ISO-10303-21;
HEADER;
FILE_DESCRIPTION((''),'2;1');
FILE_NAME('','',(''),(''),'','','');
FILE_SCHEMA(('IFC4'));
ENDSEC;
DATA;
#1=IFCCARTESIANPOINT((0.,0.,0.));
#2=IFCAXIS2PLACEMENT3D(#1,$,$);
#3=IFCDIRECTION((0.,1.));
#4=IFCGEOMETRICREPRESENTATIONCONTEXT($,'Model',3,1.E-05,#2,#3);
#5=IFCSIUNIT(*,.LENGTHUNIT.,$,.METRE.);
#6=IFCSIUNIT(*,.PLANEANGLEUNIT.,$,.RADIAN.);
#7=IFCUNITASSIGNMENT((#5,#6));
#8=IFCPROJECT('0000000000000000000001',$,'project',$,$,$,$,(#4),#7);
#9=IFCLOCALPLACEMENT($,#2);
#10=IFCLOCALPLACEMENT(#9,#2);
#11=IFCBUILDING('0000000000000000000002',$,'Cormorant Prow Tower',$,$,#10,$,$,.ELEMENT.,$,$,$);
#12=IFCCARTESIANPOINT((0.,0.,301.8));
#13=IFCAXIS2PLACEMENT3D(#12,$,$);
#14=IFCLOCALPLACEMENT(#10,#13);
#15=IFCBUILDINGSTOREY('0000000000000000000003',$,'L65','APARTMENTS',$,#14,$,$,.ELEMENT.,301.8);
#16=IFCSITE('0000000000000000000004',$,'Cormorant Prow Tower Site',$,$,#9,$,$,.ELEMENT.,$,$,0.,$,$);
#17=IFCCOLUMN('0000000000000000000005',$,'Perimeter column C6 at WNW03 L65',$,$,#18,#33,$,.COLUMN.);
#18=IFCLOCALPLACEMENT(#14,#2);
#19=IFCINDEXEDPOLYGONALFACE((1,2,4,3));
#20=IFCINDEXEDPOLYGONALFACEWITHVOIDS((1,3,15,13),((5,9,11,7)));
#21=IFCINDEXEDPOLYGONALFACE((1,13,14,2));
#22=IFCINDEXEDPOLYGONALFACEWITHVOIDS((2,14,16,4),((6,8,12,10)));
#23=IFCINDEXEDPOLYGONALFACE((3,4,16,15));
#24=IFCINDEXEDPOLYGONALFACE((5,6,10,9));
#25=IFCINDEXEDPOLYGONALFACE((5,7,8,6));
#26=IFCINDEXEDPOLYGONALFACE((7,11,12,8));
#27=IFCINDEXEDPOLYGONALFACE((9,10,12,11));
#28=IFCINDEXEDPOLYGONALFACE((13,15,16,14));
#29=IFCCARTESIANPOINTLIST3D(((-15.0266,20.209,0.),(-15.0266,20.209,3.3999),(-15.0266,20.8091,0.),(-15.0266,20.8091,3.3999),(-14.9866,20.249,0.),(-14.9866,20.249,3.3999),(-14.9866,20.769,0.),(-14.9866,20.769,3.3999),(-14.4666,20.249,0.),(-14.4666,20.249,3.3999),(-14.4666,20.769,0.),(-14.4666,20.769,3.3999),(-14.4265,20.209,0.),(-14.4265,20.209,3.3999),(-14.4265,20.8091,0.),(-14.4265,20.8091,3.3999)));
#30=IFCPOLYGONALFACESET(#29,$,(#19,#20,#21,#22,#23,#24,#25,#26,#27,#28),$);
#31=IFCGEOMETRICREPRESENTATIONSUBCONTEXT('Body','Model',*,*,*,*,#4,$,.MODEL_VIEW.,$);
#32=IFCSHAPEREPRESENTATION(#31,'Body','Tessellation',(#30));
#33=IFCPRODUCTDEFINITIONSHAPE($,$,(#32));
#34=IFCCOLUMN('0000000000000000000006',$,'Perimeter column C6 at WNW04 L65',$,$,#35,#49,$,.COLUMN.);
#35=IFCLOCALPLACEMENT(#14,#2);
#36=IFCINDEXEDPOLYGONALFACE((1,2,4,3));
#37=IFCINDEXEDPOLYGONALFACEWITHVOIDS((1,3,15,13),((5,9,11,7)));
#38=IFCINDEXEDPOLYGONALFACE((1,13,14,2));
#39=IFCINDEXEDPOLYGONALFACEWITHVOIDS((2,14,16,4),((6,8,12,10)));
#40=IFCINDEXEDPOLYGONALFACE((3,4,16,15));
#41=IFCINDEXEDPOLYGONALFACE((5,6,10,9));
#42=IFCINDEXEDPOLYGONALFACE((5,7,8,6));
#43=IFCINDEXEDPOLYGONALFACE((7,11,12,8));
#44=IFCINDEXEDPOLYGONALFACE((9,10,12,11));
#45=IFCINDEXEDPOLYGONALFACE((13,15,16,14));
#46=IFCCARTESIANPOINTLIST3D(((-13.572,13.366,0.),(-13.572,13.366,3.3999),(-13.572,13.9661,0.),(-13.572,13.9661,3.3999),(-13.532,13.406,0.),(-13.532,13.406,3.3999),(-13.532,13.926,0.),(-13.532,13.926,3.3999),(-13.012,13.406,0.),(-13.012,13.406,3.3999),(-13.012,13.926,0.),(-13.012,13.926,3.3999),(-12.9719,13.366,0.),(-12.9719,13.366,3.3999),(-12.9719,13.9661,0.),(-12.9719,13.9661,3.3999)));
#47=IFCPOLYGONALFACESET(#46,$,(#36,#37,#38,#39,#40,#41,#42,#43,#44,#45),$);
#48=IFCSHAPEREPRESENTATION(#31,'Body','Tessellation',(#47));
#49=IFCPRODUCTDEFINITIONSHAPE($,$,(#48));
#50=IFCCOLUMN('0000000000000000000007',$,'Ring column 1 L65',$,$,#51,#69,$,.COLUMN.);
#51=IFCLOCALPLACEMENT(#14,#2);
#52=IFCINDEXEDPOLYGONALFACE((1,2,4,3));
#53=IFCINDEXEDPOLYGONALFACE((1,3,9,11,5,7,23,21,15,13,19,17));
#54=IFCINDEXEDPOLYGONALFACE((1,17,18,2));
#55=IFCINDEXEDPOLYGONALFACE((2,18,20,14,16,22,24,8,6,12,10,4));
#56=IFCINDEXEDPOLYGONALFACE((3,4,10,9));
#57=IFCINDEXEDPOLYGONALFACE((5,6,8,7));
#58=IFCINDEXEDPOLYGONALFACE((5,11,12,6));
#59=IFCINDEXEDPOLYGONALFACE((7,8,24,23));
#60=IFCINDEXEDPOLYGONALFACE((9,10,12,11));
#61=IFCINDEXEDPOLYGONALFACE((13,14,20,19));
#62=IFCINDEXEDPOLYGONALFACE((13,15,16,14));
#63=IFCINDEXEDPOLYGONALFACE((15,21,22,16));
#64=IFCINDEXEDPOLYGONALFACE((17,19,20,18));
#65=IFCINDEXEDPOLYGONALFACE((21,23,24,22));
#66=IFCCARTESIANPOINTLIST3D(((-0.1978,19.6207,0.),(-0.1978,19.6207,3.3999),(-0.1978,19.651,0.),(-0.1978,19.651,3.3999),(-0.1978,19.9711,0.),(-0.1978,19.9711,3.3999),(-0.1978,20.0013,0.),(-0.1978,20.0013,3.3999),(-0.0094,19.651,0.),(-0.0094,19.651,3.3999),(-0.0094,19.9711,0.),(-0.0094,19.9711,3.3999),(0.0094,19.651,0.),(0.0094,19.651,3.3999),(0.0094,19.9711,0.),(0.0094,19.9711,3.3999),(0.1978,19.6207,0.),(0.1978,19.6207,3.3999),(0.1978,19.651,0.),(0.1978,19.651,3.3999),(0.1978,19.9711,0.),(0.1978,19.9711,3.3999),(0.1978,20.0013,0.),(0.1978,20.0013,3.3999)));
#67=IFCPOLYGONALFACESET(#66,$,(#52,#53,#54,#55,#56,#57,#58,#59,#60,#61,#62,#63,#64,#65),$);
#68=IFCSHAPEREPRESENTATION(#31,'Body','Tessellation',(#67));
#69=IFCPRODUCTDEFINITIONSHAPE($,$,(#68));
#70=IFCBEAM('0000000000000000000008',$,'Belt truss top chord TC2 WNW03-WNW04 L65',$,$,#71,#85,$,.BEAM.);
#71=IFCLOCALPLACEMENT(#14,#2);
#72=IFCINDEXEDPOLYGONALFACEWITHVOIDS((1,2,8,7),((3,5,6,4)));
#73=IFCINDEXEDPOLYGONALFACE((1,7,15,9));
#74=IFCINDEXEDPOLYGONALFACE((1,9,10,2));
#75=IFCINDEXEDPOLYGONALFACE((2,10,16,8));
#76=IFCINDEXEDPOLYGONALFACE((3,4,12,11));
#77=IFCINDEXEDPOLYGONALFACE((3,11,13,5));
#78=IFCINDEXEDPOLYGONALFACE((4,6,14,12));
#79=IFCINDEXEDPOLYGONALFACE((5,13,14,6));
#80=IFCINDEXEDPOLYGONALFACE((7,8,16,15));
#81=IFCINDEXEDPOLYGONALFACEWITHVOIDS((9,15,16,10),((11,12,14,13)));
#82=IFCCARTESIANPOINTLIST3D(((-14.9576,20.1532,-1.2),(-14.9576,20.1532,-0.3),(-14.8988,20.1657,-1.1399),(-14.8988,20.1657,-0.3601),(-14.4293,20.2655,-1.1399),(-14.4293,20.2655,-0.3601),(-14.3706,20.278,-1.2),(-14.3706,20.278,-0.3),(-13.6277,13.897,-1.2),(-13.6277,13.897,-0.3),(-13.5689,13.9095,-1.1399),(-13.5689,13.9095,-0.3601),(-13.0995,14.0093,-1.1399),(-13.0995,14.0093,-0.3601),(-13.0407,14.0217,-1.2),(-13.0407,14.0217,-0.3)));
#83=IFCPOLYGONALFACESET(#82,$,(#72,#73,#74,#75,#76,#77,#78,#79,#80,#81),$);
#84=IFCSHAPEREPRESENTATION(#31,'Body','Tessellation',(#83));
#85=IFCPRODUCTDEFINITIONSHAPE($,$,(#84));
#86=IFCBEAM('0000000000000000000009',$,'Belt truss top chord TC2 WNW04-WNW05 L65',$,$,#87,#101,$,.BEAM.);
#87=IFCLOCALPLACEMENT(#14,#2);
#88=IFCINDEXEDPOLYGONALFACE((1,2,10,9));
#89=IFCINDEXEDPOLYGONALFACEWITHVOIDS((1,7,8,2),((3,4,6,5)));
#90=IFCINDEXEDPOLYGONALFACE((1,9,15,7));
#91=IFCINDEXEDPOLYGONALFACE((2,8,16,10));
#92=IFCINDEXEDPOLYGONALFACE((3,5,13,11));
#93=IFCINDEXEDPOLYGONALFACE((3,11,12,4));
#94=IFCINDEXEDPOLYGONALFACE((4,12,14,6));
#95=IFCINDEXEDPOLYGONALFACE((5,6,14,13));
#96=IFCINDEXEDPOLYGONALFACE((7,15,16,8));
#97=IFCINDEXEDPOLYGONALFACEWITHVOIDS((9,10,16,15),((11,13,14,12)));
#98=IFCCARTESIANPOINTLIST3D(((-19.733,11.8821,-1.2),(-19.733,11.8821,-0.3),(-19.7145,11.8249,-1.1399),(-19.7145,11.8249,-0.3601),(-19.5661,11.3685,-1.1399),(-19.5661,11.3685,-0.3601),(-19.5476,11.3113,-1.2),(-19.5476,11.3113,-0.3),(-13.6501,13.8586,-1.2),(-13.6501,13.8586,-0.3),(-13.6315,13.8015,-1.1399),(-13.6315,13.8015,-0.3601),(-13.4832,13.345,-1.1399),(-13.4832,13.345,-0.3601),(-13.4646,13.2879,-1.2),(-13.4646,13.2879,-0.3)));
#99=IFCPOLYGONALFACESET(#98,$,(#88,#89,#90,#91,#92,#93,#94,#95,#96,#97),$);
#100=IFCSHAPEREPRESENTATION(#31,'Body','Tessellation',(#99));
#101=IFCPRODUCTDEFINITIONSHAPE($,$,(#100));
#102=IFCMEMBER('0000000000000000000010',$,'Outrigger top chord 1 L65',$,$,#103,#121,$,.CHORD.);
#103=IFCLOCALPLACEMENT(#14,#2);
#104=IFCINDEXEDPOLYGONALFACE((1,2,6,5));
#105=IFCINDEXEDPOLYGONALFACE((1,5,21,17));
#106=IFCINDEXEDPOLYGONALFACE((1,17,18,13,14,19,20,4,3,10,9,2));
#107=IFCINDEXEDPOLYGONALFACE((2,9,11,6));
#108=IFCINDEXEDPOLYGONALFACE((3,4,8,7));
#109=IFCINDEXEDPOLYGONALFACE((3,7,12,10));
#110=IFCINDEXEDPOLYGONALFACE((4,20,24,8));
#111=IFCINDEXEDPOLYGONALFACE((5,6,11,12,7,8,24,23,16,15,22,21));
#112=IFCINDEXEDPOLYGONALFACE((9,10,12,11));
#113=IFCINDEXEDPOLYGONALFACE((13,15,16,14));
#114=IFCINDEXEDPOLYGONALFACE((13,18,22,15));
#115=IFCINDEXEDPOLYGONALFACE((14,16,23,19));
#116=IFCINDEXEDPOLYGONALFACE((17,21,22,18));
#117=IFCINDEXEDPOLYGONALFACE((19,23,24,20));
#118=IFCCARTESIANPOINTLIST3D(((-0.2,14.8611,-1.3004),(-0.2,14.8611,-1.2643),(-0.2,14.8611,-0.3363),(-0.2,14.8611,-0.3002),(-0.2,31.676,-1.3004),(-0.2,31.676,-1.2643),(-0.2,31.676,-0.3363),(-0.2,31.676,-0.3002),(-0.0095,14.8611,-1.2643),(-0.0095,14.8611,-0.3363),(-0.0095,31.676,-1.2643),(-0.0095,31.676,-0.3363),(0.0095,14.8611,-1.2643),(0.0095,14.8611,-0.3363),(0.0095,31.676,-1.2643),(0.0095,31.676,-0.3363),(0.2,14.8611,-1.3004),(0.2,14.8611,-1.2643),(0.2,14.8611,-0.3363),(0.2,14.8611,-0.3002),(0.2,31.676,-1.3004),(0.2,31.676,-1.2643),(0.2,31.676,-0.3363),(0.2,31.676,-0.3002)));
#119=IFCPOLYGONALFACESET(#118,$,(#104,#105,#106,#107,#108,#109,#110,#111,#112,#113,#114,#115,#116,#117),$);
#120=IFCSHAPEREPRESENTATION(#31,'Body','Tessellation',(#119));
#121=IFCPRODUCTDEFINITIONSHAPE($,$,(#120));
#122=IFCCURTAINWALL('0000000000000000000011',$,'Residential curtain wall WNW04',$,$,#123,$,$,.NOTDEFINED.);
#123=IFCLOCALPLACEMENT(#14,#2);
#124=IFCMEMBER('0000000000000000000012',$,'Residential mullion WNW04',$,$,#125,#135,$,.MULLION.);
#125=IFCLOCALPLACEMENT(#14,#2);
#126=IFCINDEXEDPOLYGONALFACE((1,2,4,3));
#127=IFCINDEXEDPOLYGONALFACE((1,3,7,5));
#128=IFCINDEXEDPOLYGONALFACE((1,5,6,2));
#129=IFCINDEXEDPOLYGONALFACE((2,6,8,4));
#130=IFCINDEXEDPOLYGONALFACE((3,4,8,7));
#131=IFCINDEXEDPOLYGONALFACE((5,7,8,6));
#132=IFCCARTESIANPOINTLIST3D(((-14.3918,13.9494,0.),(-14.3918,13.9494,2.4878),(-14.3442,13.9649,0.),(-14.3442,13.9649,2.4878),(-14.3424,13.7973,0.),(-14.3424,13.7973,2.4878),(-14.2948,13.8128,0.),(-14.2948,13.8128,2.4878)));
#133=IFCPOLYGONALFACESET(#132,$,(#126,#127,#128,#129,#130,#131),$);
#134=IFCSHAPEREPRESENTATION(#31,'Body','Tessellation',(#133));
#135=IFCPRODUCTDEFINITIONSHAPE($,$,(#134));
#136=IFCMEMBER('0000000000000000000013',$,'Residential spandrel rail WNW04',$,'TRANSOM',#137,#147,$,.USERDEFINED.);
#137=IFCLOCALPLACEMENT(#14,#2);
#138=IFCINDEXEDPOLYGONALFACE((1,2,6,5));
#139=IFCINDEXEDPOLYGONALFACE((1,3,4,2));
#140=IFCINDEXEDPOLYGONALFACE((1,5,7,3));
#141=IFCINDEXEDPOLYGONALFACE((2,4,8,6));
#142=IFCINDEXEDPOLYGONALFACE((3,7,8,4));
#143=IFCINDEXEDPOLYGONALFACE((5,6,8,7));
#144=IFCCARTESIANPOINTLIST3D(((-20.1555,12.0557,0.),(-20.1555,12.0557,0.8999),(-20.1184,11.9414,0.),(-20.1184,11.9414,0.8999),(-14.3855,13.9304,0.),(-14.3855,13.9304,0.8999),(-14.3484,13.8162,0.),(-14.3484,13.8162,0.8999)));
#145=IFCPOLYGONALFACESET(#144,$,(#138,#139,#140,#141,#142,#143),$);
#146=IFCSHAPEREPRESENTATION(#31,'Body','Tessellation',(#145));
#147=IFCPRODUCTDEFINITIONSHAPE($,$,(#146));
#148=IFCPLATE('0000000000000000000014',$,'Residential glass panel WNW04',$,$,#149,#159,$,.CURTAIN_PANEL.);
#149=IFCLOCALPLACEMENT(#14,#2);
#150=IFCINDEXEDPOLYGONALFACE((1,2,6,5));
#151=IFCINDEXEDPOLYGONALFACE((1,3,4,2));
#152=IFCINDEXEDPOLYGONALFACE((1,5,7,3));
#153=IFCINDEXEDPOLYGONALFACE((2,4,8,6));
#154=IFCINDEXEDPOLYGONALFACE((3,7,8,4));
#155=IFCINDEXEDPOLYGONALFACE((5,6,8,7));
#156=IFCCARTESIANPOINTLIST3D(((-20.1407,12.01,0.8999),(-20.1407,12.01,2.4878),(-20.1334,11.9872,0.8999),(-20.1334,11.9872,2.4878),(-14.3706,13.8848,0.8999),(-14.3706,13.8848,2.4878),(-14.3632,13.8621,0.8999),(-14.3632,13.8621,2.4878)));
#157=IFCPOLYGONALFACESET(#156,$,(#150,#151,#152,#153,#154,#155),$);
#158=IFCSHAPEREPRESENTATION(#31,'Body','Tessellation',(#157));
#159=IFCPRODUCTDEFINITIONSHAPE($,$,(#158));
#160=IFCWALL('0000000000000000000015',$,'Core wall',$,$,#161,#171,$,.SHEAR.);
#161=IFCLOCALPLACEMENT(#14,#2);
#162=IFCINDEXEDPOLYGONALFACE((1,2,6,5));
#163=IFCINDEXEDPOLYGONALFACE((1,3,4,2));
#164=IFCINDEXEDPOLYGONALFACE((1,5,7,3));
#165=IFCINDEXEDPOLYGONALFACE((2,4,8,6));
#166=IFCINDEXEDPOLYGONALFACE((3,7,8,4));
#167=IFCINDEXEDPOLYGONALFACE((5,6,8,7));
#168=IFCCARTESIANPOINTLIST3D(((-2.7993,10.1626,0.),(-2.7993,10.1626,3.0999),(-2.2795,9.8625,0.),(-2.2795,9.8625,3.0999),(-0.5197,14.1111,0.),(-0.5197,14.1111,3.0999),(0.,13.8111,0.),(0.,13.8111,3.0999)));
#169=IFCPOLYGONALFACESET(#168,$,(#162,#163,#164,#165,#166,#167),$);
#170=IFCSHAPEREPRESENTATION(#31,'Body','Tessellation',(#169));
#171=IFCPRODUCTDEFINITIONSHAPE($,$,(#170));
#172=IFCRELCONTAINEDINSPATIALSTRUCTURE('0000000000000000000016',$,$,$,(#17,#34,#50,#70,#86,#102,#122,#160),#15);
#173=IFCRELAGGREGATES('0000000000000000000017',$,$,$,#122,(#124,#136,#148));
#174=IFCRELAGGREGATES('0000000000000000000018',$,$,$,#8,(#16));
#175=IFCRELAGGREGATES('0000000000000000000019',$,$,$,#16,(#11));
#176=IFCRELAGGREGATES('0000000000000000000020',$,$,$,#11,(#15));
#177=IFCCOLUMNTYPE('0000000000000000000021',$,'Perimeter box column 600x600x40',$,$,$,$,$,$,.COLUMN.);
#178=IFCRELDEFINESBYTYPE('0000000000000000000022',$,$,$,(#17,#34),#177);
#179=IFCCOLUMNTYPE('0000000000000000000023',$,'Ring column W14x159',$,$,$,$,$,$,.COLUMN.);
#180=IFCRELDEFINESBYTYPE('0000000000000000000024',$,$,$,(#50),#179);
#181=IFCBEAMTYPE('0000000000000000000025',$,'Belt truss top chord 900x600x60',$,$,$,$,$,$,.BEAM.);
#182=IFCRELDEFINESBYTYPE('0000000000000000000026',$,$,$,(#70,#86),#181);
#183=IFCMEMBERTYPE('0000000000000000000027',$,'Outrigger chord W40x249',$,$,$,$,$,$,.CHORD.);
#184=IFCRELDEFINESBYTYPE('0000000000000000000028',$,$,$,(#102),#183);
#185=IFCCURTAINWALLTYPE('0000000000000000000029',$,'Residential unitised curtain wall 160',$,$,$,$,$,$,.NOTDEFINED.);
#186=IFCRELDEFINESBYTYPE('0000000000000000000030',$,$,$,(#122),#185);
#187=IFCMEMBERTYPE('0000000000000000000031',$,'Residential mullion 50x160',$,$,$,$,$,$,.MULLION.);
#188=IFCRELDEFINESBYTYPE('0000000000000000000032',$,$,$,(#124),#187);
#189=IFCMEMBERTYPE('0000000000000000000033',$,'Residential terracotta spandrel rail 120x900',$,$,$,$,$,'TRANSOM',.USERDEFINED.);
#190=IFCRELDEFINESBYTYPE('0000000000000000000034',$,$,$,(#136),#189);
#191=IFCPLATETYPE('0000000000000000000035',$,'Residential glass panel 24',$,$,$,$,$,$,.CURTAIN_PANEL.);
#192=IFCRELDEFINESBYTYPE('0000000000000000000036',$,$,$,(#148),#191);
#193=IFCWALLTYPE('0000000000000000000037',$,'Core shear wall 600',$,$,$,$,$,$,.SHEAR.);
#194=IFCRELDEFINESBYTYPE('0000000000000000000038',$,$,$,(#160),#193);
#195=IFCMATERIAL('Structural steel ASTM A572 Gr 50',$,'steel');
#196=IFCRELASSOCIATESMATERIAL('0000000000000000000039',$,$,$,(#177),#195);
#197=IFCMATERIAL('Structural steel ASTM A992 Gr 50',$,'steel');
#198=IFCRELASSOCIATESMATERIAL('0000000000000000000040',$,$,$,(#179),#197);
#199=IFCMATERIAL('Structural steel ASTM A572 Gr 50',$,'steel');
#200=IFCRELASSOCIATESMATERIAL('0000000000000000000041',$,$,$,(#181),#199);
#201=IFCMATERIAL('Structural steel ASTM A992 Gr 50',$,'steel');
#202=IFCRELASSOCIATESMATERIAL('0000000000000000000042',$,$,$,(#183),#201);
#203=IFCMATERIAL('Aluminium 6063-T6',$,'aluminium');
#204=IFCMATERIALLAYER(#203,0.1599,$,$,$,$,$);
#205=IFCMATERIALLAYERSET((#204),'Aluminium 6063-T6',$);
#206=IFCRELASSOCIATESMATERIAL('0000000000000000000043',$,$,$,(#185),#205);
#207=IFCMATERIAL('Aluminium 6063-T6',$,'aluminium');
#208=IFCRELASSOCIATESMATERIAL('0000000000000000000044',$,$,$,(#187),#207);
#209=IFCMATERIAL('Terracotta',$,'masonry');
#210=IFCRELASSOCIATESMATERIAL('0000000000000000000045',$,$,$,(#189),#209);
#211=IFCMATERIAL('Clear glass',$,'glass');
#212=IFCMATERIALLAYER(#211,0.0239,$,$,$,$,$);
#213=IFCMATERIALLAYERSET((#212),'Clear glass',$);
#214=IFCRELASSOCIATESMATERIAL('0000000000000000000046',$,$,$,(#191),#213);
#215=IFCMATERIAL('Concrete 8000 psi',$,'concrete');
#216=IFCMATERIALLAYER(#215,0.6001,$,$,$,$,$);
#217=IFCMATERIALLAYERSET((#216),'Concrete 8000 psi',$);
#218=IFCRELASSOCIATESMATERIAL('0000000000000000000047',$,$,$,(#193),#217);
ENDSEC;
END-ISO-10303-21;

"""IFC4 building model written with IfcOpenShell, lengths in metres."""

from ifc_helpers import new_model, si_unit, direction, frame, frame_2d, origin, origin_2d, place, context, subcontext, project, spatial, rectangle, hollow_rectangle, i_section, extrude, material, layer, layer_set, material_profile, profile_set, type_object, element, aggregate, save


model = new_model("IFC4")

# Units and contexts
model_context = context("Model", 3, precision=1e-05, world=origin(), true_north=direction((0.0, 1.0)))
body_context = subcontext(model_context, "Body", "Model", "MODEL_VIEW")
ifc_project = project(units=[si_unit("LENGTHUNIT", "METRE"), si_unit("PLANEANGLEUNIT", "RADIAN")], contexts=[model_context])

# Site, building, storey
site_placement = place(None, origin())
site = spatial("IfcSite", under=ifc_project, at=site_placement, Name="Cormorant Prow Tower Site", CompositionType="ELEMENT", RefElevation=0.0)
building_placement = place(site_placement, origin())
building = spatial("IfcBuilding", under=site, at=building_placement, Name="Cormorant Prow Tower", CompositionType="ELEMENT")
storey_placement = place(building_placement, frame((0.0, 0.0, 301.8)))
storey = spatial("IfcBuildingStorey", under=building, at=storey_placement, Name="L65", Description="APARTMENTS", CompositionType="ELEMENT", Elevation=301.8)

# Columns
ifc_material_1 = material(Name="Structural steel ASTM A572 Gr 50", Category="steel")
ifc_material_profile_1 = material_profile(ifc_material_1, hollow_rectangle(XDim=0.6001, YDim=0.6001, WallThickness=0.04, at=origin_2d()), Name="Box 600x600x40")
ifc_profile_set_1 = profile_set([ifc_material_profile_1], Name="Structural steel ASTM A572 Gr 50")
column_type_1 = type_object("IfcColumnType", Name="Perimeter box column 600x600x40", PredefinedType="COLUMN", material=ifc_profile_set_1)
for number, where, z_axis, x_axis, name in (
    (1, (-14.7266, 20.509, 0.0), (0.0, 0.0, 1.0), (1.0, 0.0, 0.0), "Perimeter column C6 at WNW03 L65"),
    (2, (-13.272, 13.666, 0.0), (0.0, 0.0, 1.0), (1.0, 0.0, 0.0), "Perimeter column C6 at WNW04 L65"),
):
    element("IfcColumn", number, at=place(storey_placement, frame(where, z_axis=z_axis, x_axis=x_axis)), inside=storey, type_object=column_type_1, Name=name, PredefinedType="COLUMN", context=body_context, shape_type="SweptSolid", body=[
        extrude(hollow_rectangle(XDim=0.6001, YDim=0.6001, WallThickness=0.04, at=origin_2d()), origin(), (0.0, 0.0, 1.0), 3.3999),
    ])
ifc_material_2 = material(Name="Structural steel ASTM A992 Gr 50", Category="steel")
ifc_material_profile_2 = material_profile(ifc_material_2, i_section(OverallWidth=0.3955, OverallDepth=0.3806, WebThickness=0.0188, FlangeThickness=0.0303, at=origin_2d()), Name="W14x159")
ifc_profile_set_2 = profile_set([ifc_material_profile_2], Name="Structural steel ASTM A992 Gr 50")
column_type_2 = type_object("IfcColumnType", Name="Ring column W14x159", PredefinedType="COLUMN", material=ifc_profile_set_2)
column_placement = place(storey_placement, frame((0.0, 19.811, 0.0), z_axis=(0.0, 0.0, 1.0), x_axis=(1.0, 0.0, 0.0)))
element("IfcColumn", 3, at=column_placement, inside=storey, type_object=column_type_2, Name="Ring column 1 L65", PredefinedType="COLUMN", context=body_context, shape_type="SweptSolid", body=[
    extrude(i_section(OverallWidth=0.3955, OverallDepth=0.3806, WebThickness=0.0188, FlangeThickness=0.0303, at=origin_2d()), origin(), (0.0, 0.0, 1.0), 3.3999),
])

# Beams
ifc_material_3 = material(Name="Structural steel ASTM A572 Gr 50", Category="steel")
ifc_material_profile_3 = material_profile(ifc_material_3, hollow_rectangle(XDim=0.6001, YDim=0.8999, WallThickness=0.0601, at=origin_2d()), Name="Box 900x600x60")
ifc_profile_set_3 = profile_set([ifc_material_profile_3], Name="Structural steel ASTM A572 Gr 50")
beam_type = type_object("IfcBeamType", Name="Belt truss top chord 900x600x60", PredefinedType="BEAM", material=ifc_profile_set_3)
for number, where, z_axis, x_axis, name in (
    (4, (-14.6641, 20.2156, -0.75), (0.20792, -0.978146, 0.0), (0.978146, 0.20792, 0.0), "Belt truss top chord TC2 WNW03-WNW04 L65"),
    (5, (-13.5574, 13.5732, -0.75), (-0.951053, -0.309027, 0.0), (0.309027, -0.951053, 0.0), "Belt truss top chord TC2 WNW04-WNW05 L65"),
):
    element("IfcBeam", number, at=place(storey_placement, frame(where, z_axis=z_axis, x_axis=x_axis)), inside=storey, type_object=beam_type, Name=name, PredefinedType="BEAM", context=body_context, shape_type="SweptSolid", body=[
        extrude(hollow_rectangle(XDim=0.6001, YDim=0.8999, WallThickness=0.0601, at=origin_2d()), origin(), (0.0, 0.0, 1.0), 6.396),
    ])

# Member
ifc_material_4 = material(Name="Structural steel ASTM A992 Gr 50", Category="steel")
ifc_material_profile_4 = material_profile(ifc_material_4, i_section(OverallWidth=0.3999, OverallDepth=1.0002, WebThickness=0.019, FlangeThickness=0.0361, at=origin_2d()), Name="W40x249")
ifc_profile_set_4 = profile_set([ifc_material_profile_4], Name="Structural steel ASTM A992 Gr 50")
member_type_1 = type_object("IfcMemberType", Name="Outrigger chord W40x249", PredefinedType="CHORD", material=ifc_profile_set_4)
member_1_placement = place(storey_placement, frame((0.0, 14.8611, -0.8003), z_axis=(0.0, 1.0, 0.0), x_axis=(-1.0, 0.0, 0.0)))
element("IfcMember", 6, at=member_1_placement, inside=storey, type_object=member_type_1, Name="Outrigger top chord 1 L65", PredefinedType="CHORD", context=body_context, shape_type="SweptSolid", body=[
    extrude(i_section(OverallWidth=0.3999, OverallDepth=1.0002, WebThickness=0.019, FlangeThickness=0.0361, at=origin_2d()), origin(), (0.0, 0.0, 1.0), 16.8149),
])

# Curtain wall, members, plate
ifc_material_5 = material(Name="Aluminium 6063-T6", Category="aluminium")
ifc_layer_1 = layer(ifc_material_5, 0.1599)
ifc_layer_set_1 = layer_set([ifc_layer_1], Name="Aluminium 6063-T6")
curtain_wall_type = type_object("IfcCurtainWallType", Name="Residential unitised curtain wall 160", PredefinedType="NOTDEFINED", material=ifc_layer_set_1)
curtain_wall_placement = place(storey_placement, origin())
curtain_wall = element("IfcCurtainWall", 7, at=curtain_wall_placement, inside=storey, type_object=curtain_wall_type, Name="Residential curtain wall WNW04", PredefinedType="NOTDEFINED")
ifc_material_6 = material(Name="Aluminium 6063-T6", Category="aluminium")
ifc_material_profile_5 = material_profile(ifc_material_6, rectangle(XDim=0.1599, YDim=0.05, at=origin_2d()), Name="Residential mullion 50x160")
ifc_profile_set_5 = profile_set([ifc_material_profile_5], Name="Aluminium 6063-T6")
member_type_2 = type_object("IfcMemberType", Name="Residential mullion 50x160", PredefinedType="MULLION", material=ifc_profile_set_5)
member_2_placement = place(storey_placement, frame((-14.3433, 13.8811, 0.0), z_axis=(0.0, 0.0, 1.0), x_axis=(0.309017, -0.951057, 0.0)))
member_2 = element("IfcMember", 8, at=member_2_placement, type_object=member_type_2, Name="Residential mullion WNW04", PredefinedType="MULLION", context=body_context, shape_type="SweptSolid", body=[
    extrude(rectangle(XDim=0.1599, YDim=0.05, at=origin_2d()), origin(), (0.0, 0.0, 1.0), 2.4878),
])
ifc_material_7 = material(Name="Terracotta", Category="masonry")
ifc_material_profile_6 = material_profile(ifc_material_7, rectangle(XDim=0.1201, YDim=0.8999, at=origin_2d()), Name="Residential terracotta spandrel rail 120x900")
ifc_profile_set_6 = profile_set([ifc_material_profile_6], Name="Terracotta")
member_type_3 = type_object("IfcMemberType", Name="Residential terracotta spandrel rail 120x900", ElementType="TRANSOM", PredefinedType="USERDEFINED", material=ifc_profile_set_6)
member_3_placement = place(storey_placement, frame((-14.3669, 13.8733, 0.45), z_axis=(-0.951058, -0.309011, 0.0), x_axis=(0.309011, -0.951058, 0.0)))
member_3 = element("IfcMember", 9, at=member_3_placement, type_object=member_type_3, Name="Residential spandrel rail WNW04", ObjectType="TRANSOM", PredefinedType="USERDEFINED", context=body_context, shape_type="SweptSolid", body=[
    extrude(rectangle(XDim=0.1201, YDim=0.8999, at=origin_2d()), origin(), (0.0, 0.0, 1.0), 6.0669),
])
ifc_material_8 = material(Name="Clear glass", Category="glass")
ifc_layer_2 = layer(ifc_material_8, 0.0239)
ifc_layer_set_2 = layer_set([ifc_layer_2], Name="Clear glass")
plate_type = type_object("IfcPlateType", Name="Residential glass panel 24", PredefinedType="CURTAIN_PANEL", material=ifc_layer_set_2)
plate_placement = place(storey_placement, frame((-17.252, 12.936, 0.8999), z_axis=(0.0, 0.0, 1.0), x_axis=(-0.951057, -0.309017, 0.0)))
plate = element("IfcPlate", 10, at=plate_placement, type_object=plate_type, Name="Residential glass panel WNW04", PredefinedType="CURTAIN_PANEL", context=body_context, shape_type="SweptSolid", body=[
    extrude(rectangle(XDim=6.0671, YDim=0.0239, at=origin_2d()), origin(), (0.0, 0.0, 1.0), 1.5879),
])
aggregate(curtain_wall, [member_2, member_3, plate])

# Wall
ifc_material_9 = material(Name="Concrete 8000 psi", Category="concrete")
ifc_layer_3 = layer(ifc_material_9, 0.6001)
ifc_layer_set_3 = layer_set([ifc_layer_3], Name="Concrete 8000 psi")
wall_type_1 = type_object("IfcWallType", Name="Core shear wall 600", PredefinedType="SHEAR", material=ifc_layer_set_3)
wall_1_placement = place(storey_placement, frame((-0.2598, 13.9612, 0.0), z_axis=(0.0, 0.0, 1.0), x_axis=(-0.49998, -0.866037, 0.0)))
element("IfcWall", 11, at=wall_1_placement, inside=storey, type_object=wall_type_1, Name="Core wall", PredefinedType="SHEAR", context=body_context, shape_type="SweptSolid", body=[
    extrude(rectangle(XDim=4.5593, YDim=0.6001, at=frame_2d((2.2798, 0.0))), origin(), (0.0, 0.0, 1.0), 3.0999),
])

save(model, "model.ifc")
